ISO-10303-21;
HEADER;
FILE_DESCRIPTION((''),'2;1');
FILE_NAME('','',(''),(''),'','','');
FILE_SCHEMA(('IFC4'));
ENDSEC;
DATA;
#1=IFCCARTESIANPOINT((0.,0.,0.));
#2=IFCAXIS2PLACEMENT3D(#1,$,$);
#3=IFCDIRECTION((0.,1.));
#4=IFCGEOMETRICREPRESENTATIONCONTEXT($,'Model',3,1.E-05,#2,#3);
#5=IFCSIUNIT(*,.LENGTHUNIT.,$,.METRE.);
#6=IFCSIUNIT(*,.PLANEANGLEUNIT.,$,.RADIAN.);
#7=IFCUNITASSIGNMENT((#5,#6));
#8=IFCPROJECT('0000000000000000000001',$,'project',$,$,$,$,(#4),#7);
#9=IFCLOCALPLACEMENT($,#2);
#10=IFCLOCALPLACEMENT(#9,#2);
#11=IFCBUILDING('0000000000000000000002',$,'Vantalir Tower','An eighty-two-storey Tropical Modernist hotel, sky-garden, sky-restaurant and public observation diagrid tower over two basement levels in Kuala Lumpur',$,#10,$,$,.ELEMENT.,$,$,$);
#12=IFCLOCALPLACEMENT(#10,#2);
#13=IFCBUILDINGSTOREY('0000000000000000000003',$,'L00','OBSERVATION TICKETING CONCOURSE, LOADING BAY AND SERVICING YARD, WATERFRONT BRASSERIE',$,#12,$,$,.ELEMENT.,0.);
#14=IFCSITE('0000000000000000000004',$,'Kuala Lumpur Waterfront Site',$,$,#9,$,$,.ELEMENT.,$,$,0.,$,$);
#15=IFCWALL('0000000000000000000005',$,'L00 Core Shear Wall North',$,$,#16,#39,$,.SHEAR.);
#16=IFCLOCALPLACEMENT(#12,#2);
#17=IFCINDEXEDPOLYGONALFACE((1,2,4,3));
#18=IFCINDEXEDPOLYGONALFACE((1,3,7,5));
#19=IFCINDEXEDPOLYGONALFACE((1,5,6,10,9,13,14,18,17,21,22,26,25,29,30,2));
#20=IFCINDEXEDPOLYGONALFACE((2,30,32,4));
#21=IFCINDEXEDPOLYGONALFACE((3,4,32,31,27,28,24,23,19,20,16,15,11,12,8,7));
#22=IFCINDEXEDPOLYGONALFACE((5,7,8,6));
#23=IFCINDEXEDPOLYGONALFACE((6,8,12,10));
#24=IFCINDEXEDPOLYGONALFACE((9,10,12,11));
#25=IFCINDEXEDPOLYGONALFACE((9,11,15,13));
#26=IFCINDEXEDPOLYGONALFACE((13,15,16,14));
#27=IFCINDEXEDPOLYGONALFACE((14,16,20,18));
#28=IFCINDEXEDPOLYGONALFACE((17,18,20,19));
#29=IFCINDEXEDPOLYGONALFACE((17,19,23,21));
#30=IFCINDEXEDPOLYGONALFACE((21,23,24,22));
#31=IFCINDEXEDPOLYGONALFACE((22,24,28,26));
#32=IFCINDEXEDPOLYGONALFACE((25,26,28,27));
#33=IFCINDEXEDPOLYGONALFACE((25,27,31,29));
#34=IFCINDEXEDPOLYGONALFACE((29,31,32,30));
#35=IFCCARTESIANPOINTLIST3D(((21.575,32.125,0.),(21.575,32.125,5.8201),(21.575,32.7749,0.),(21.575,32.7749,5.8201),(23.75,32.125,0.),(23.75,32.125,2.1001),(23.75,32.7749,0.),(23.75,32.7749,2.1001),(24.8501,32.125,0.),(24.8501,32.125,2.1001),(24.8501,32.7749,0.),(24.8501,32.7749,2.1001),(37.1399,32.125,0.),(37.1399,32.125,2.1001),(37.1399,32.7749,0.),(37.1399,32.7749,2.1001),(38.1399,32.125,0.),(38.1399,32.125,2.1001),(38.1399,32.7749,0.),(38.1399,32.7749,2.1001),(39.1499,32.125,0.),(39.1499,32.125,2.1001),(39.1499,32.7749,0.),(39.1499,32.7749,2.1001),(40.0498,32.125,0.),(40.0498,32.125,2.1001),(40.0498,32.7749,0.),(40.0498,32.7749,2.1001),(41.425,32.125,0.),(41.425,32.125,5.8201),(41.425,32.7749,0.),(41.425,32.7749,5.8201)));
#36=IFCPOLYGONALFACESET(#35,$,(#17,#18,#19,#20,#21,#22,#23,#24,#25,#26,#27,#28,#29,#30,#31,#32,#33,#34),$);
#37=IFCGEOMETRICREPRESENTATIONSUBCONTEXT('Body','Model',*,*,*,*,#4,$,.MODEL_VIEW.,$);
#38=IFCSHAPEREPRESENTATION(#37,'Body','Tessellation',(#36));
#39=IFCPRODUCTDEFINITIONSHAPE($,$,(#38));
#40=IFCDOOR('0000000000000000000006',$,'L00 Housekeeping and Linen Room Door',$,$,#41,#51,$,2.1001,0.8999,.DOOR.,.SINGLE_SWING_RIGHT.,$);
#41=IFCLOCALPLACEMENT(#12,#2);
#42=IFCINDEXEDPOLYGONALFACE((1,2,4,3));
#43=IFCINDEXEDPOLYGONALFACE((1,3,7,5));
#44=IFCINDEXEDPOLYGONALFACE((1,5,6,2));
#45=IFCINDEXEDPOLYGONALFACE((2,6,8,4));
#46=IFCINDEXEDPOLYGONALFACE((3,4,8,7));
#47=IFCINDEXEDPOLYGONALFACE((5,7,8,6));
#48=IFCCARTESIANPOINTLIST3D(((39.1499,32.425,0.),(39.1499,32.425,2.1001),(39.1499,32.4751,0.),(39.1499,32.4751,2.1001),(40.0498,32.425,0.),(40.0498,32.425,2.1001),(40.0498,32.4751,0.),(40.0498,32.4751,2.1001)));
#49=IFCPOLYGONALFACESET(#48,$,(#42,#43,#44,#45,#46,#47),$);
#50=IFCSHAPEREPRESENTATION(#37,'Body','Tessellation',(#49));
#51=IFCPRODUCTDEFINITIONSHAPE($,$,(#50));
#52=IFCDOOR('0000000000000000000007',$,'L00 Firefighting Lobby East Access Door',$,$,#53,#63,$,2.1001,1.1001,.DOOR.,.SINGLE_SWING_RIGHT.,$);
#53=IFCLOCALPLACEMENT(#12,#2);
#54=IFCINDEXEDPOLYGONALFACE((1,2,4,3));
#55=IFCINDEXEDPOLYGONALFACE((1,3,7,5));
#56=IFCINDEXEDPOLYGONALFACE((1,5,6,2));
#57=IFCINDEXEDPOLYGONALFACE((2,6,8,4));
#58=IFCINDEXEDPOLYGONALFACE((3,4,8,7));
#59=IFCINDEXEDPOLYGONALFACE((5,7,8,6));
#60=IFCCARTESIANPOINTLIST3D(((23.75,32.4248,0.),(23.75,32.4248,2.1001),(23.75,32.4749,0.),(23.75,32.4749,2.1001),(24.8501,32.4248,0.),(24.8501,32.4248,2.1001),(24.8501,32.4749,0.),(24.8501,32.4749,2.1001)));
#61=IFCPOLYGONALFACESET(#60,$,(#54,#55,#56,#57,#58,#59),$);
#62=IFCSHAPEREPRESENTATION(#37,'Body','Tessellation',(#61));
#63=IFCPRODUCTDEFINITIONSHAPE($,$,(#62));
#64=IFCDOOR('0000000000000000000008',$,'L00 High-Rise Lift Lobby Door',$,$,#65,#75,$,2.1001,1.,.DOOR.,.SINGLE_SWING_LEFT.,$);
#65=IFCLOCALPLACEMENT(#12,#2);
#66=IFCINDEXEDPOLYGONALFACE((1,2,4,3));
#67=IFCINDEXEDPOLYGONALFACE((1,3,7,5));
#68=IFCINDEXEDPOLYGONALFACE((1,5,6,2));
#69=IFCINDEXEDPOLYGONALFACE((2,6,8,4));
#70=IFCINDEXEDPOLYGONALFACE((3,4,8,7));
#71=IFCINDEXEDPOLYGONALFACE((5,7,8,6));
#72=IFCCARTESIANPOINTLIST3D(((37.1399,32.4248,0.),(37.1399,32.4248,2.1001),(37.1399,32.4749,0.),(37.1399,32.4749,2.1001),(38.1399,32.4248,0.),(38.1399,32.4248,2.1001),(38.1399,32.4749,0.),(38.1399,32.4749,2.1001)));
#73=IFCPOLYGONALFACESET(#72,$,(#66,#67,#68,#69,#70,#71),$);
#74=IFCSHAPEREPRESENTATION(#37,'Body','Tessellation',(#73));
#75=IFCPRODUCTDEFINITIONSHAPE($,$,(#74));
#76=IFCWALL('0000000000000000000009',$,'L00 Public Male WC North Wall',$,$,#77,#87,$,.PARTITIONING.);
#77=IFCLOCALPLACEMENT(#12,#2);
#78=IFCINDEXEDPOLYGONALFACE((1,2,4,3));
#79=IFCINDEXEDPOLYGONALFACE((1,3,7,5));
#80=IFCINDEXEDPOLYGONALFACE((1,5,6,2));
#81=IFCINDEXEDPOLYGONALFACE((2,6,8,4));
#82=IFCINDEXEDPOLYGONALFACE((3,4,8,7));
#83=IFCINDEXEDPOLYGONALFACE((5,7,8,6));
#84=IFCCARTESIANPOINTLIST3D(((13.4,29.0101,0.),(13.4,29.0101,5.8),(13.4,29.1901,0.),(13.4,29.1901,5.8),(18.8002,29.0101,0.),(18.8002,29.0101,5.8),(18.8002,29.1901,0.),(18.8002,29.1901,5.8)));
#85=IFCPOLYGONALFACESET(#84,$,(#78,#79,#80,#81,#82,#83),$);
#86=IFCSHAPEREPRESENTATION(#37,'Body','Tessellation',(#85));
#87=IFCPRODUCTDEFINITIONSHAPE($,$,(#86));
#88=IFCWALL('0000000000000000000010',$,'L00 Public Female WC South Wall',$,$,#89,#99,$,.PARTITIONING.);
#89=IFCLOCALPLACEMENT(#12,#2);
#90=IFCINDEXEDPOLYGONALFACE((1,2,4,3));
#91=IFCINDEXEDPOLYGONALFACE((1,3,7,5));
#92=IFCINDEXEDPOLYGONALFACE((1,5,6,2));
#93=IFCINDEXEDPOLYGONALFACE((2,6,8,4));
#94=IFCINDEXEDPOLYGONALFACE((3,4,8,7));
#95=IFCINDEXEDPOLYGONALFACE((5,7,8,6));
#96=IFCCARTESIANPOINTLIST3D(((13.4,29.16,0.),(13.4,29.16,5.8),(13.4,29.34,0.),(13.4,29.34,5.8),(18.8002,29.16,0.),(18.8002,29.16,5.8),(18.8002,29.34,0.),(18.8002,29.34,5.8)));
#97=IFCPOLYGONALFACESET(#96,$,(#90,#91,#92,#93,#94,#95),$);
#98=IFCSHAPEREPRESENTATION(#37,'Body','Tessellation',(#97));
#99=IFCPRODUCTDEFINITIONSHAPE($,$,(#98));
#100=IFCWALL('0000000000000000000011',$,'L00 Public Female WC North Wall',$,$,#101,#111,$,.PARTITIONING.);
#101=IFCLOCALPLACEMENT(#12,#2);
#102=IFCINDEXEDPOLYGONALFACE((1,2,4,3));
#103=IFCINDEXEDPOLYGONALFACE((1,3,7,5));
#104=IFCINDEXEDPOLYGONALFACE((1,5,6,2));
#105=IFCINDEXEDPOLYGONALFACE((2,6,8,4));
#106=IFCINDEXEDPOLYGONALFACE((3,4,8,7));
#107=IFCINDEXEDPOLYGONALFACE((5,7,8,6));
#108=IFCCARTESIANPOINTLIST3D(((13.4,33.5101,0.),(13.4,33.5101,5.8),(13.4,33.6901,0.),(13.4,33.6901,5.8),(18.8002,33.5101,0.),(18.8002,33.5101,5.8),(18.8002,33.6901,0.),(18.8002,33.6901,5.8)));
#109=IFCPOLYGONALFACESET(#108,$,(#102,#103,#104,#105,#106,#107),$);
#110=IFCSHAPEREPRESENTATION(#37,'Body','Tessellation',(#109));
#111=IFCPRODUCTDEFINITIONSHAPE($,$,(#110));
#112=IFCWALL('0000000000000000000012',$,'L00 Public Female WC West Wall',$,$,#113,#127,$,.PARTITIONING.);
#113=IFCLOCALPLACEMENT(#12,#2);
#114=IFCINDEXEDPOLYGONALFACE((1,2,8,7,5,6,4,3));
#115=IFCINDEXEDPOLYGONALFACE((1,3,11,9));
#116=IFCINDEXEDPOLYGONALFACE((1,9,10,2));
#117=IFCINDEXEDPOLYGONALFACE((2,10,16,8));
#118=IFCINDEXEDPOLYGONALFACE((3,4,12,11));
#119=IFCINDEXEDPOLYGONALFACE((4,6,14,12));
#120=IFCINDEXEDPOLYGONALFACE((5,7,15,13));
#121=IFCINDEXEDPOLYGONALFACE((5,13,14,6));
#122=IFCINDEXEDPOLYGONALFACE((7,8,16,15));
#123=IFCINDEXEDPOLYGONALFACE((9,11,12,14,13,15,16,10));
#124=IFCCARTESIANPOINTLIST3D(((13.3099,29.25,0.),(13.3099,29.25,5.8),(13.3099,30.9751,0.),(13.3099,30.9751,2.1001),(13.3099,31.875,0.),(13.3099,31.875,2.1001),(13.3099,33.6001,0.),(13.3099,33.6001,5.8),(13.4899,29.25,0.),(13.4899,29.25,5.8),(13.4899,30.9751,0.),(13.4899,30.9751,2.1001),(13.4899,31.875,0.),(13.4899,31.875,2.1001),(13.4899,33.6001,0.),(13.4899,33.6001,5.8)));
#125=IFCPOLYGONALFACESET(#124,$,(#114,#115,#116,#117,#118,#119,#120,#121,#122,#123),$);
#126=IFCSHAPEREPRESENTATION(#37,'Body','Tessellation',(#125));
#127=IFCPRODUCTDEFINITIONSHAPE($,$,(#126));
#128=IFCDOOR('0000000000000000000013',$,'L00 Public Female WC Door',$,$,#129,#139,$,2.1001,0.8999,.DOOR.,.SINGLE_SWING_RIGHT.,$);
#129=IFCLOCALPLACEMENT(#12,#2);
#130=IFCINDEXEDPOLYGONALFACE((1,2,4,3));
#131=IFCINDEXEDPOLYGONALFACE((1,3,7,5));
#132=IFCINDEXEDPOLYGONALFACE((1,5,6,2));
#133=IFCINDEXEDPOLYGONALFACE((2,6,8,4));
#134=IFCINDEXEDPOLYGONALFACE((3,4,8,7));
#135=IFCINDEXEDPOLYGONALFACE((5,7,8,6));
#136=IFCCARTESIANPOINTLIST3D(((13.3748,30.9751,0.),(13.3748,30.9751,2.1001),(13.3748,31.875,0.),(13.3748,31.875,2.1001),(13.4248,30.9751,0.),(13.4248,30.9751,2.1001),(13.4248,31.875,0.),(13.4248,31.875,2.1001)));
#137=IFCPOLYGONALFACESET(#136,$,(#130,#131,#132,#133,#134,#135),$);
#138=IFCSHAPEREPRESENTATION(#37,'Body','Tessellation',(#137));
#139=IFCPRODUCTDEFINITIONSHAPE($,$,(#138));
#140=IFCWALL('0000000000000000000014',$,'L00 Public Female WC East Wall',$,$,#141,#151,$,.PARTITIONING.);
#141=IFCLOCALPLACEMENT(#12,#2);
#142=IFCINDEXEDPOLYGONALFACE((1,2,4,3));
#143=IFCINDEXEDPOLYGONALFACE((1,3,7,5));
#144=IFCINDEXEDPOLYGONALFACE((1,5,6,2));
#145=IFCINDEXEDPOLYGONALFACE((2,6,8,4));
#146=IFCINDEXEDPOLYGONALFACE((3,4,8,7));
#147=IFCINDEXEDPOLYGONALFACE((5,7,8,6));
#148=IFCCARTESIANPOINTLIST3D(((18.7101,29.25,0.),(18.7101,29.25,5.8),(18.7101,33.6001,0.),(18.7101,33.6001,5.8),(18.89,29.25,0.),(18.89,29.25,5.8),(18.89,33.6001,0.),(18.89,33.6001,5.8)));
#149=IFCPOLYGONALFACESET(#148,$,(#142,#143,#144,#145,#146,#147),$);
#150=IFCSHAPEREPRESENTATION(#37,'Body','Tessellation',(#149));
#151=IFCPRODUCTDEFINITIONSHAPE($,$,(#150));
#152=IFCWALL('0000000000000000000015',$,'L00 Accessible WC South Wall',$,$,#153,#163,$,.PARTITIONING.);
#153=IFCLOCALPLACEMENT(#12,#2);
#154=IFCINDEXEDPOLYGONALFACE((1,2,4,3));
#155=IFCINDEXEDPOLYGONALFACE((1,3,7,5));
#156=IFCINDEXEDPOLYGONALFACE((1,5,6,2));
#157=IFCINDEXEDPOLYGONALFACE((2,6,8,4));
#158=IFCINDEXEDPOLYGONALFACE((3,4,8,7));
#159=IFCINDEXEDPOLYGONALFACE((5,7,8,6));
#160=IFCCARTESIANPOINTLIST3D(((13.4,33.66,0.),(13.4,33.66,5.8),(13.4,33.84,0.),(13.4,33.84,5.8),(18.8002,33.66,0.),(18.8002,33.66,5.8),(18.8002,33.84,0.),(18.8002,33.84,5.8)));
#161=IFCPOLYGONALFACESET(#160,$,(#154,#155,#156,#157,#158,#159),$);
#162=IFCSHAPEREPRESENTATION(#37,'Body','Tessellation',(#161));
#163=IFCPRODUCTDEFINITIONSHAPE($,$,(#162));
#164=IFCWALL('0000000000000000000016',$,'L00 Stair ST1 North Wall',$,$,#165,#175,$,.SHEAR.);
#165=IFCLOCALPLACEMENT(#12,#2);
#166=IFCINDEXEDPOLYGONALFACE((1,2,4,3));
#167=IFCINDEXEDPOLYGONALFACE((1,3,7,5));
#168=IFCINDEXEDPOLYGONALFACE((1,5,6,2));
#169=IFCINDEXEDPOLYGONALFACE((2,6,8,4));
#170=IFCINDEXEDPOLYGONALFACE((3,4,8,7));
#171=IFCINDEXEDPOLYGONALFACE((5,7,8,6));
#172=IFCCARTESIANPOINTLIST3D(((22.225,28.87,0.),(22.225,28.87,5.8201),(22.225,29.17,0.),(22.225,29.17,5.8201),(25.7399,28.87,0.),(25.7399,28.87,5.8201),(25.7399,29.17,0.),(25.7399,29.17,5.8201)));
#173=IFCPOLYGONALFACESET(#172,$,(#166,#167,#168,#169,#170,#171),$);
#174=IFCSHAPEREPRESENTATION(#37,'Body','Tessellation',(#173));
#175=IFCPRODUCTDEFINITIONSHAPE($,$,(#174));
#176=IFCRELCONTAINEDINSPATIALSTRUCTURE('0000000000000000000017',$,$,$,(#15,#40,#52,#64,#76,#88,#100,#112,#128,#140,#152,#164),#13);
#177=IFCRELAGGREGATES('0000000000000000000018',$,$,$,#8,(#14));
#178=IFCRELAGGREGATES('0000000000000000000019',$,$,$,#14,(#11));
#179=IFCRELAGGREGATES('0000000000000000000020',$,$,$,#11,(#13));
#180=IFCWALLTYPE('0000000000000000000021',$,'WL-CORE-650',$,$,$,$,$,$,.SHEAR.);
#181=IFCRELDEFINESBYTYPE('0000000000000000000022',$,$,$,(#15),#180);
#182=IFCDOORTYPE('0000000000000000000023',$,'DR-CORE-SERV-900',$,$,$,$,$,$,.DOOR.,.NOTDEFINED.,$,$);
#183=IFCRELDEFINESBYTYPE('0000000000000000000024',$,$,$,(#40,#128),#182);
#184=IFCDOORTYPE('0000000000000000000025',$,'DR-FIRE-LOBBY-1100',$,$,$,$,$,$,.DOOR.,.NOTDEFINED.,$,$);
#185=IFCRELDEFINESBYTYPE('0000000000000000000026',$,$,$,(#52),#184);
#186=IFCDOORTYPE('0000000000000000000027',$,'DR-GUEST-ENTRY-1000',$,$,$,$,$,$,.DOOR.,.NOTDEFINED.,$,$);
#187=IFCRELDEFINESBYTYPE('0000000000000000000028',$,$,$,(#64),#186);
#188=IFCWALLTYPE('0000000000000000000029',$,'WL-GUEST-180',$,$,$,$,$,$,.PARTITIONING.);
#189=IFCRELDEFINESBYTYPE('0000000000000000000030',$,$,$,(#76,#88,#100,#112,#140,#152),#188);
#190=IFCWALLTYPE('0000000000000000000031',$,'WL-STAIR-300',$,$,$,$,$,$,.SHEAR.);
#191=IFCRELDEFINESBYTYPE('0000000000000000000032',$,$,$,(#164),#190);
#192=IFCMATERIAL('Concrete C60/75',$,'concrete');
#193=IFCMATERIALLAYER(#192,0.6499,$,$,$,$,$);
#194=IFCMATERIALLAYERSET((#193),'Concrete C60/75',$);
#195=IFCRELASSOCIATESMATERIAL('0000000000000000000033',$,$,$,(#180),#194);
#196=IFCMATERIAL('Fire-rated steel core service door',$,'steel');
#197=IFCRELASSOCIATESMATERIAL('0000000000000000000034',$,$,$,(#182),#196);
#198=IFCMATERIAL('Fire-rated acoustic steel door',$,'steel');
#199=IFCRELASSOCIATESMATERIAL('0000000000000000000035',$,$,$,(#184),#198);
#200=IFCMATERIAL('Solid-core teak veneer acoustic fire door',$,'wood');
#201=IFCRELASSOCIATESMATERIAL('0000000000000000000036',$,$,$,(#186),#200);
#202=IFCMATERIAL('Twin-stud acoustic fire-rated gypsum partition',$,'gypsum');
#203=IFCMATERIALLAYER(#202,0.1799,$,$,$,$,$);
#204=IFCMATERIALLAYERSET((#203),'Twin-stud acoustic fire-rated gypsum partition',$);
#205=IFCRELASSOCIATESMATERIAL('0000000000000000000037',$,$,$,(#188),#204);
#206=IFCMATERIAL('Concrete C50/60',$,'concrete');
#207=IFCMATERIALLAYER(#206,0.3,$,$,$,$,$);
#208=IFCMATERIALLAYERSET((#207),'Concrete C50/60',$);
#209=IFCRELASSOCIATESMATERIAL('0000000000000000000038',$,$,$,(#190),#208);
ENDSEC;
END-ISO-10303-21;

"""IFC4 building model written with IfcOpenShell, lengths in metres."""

from ifc_helpers import new_model, si_unit, direction, frame, frame_2d, origin, place, context, subcontext, project, spatial, rectangle, extrude, material, layer, layer_set, type_object, element, fill, save


model = new_model("IFC4")

# Units and contexts
model_context = context("Model", 3, precision=1e-05, world=origin(), true_north=direction((0.0, 1.0)))
body_context = subcontext(model_context, "Body", "Model", "MODEL_VIEW")
ifc_project = project(units=[si_unit("LENGTHUNIT", "METRE"), si_unit("PLANEANGLEUNIT", "RADIAN")], contexts=[model_context])

# Site, building, storey
site_placement = place(None, origin())
site = spatial("IfcSite", under=ifc_project, at=site_placement, Name="Kuala Lumpur Waterfront Site", CompositionType="ELEMENT", RefElevation=0.0)
building_placement = place(site_placement, origin())
building = spatial("IfcBuilding", under=site, at=building_placement, Name="Vantalir Tower", Description="An eighty-two-storey Tropical Modernist hotel, sky-garden, sky-restaurant and public observation diagrid tower over two basement levels in Kuala Lumpur", CompositionType="ELEMENT")
storey_placement = place(building_placement, origin())
storey = spatial("IfcBuildingStorey", under=building, at=storey_placement, Name="L00", Description="OBSERVATION TICKETING CONCOURSE, LOADING BAY AND SERVICING YARD, WATERFRONT BRASSERIE", CompositionType="ELEMENT", Elevation=0.0)

# Shared definitions
ifc_material_1 = material(Name="Concrete C60/75", Category="concrete")

# Wall, openings, doors
ifc_layer_1 = layer(ifc_material_1, 0.6499)
ifc_layer_set_1 = layer_set([ifc_layer_1], Name="Concrete C60/75")
wall_type_1 = type_object("IfcWallType", Name="WL-CORE-650", PredefinedType="SHEAR", material=ifc_layer_set_1)
wall_1_placement = place(storey_placement, frame((21.575, 32.45, 0.0), z_axis=(0.0, 0.0, 1.0), x_axis=(1.0, 0.0, 0.0)))
wall_1 = element("IfcWall", 1, at=wall_1_placement, inside=storey, type_object=wall_type_1, Name="L00 Core Shear Wall North", PredefinedType="SHEAR", context=body_context, shape_type="SweptSolid", body=[
    extrude(rectangle(XDim=19.8501, YDim=0.6499, at=frame_2d((9.925, 0.0))), origin(), (0.0, 0.0, 1.0), 5.8201),
])
opening_1_placement = place(wall_1_placement, frame((2.175, 0.0, 0.0)))
opening_1 = element("IfcOpeningElement", 2, at=opening_1_placement, cuts=wall_1, PredefinedType="OPENING", context=body_context, shape_type="SweptSolid", body=[
    extrude(rectangle(XDim=1.1001, YDim=2.1001, at=frame_2d((0.55, 1.05))), frame((0.0, 0.335, 0.0), z_axis=(0.0, -1.0, 0.0), x_axis=(1.0, 0.0, 0.0)), (0.0, 0.0, 1.0), 0.6699),
])
opening_2_placement = place(wall_1_placement, frame((15.5649, 0.0, 0.0)))
opening_2 = element("IfcOpeningElement", 3, at=opening_2_placement, cuts=wall_1, PredefinedType="OPENING", context=body_context, shape_type="SweptSolid", body=[
    extrude(rectangle(XDim=1.0, YDim=2.1001, at=frame_2d((0.5, 1.05))), frame((0.0, 0.335, 0.0), z_axis=(0.0, -1.0, 0.0), x_axis=(1.0, 0.0, 0.0)), (0.0, 0.0, 1.0), 0.6699),
])
opening_3_placement = place(wall_1_placement, frame((17.575, 0.0, 0.0)))
opening_3 = element("IfcOpeningElement", 4, at=opening_3_placement, cuts=wall_1, PredefinedType="OPENING", context=body_context, shape_type="SweptSolid", body=[
    extrude(rectangle(XDim=0.8999, YDim=2.1001, at=frame_2d((0.45, 1.05))), frame((0.0, 0.335, 0.0), z_axis=(0.0, -1.0, 0.0), x_axis=(1.0, 0.0, 0.0)), (0.0, 0.0, 1.0), 0.6699),
])
ifc_material_2 = material(Name="Fire-rated steel core service door", Category="steel")
door_type_1 = type_object("IfcDoorType", Name="DR-CORE-SERV-900", OperationType="NOTDEFINED", PredefinedType="DOOR", material=ifc_material_2)
door_1_placement = place(opening_3_placement, frame((0.8999, 0.0, 0.0), z_axis=(0.0, 0.0, 1.0), x_axis=(-1.0, 0.0, 0.0)))
door_1 = element("IfcDoor", 5, at=door_1_placement, inside=storey, type_object=door_type_1, Name="L00 Housekeeping and Linen Room Door", OperationType="SINGLE_SWING_RIGHT", OverallHeight=2.1001, OverallWidth=0.8999, PredefinedType="DOOR", context=body_context, shape_type="SweptSolid", body=[
    extrude(rectangle(XDim=0.8999, YDim=2.1001, at=frame_2d((0.45, 1.05))), frame((0.0, 0.0249, 0.0), z_axis=(0.0, -1.0, 0.0), x_axis=(1.0, 0.0, 0.0)), (0.0, 0.0, 1.0), 0.05),
])
fill(opening_3, door_1)
ifc_material_3 = material(Name="Fire-rated acoustic steel door", Category="steel")
door_type_2 = type_object("IfcDoorType", Name="DR-FIRE-LOBBY-1100", OperationType="NOTDEFINED", PredefinedType="DOOR", material=ifc_material_3)
door_2_placement = place(opening_1_placement, origin())
door_2 = element("IfcDoor", 6, at=door_2_placement, inside=storey, type_object=door_type_2, Name="L00 Firefighting Lobby East Access Door", OperationType="SINGLE_SWING_RIGHT", OverallHeight=2.1001, OverallWidth=1.1001, PredefinedType="DOOR", context=body_context, shape_type="SweptSolid", body=[
    extrude(rectangle(XDim=1.1001, YDim=2.1001, at=frame_2d((0.55, 1.05))), frame((0.0, 0.0249, 0.0), z_axis=(0.0, -1.0, 0.0), x_axis=(1.0, 0.0, 0.0)), (0.0, 0.0, 1.0), 0.05),
])
fill(opening_1, door_2)
ifc_material_4 = material(Name="Solid-core teak veneer acoustic fire door", Category="wood")
door_type_3 = type_object("IfcDoorType", Name="DR-GUEST-ENTRY-1000", OperationType="NOTDEFINED", PredefinedType="DOOR", material=ifc_material_4)
door_3_placement = place(opening_2_placement, origin())
door_3 = element("IfcDoor", 7, at=door_3_placement, inside=storey, type_object=door_type_3, Name="L00 High-Rise Lift Lobby Door", OperationType="SINGLE_SWING_LEFT", OverallHeight=2.1001, OverallWidth=1.0, PredefinedType="DOOR", context=body_context, shape_type="SweptSolid", body=[
    extrude(rectangle(XDim=1.0, YDim=2.1001, at=frame_2d((0.5, 1.05))), frame((0.0, 0.0249, 0.0), z_axis=(0.0, -1.0, 0.0), x_axis=(1.0, 0.0, 0.0)), (0.0, 0.0, 1.0), 0.05),
])
fill(opening_2, door_3)

# Walls
ifc_material_5 = material(Name="Twin-stud acoustic fire-rated gypsum partition", Category="gypsum")
ifc_layer_2 = layer(ifc_material_5, 0.1799)
ifc_layer_set_2 = layer_set([ifc_layer_2], Name="Twin-stud acoustic fire-rated gypsum partition")
wall_type_2 = type_object("IfcWallType", Name="WL-GUEST-180", PredefinedType="PARTITIONING", material=ifc_layer_set_2)
for number, where, z_axis, x_axis, name in (
    (8, (13.3999, 29.1001, 0.0), (0.0, 0.0, 1.0), (1.0, 0.0, 0.0), "L00 Public Male WC North Wall"),
    (9, (13.3999, 29.25, 0.0), (0.0, 0.0, 1.0), (1.0, 0.0, 0.0), "L00 Public Female WC South Wall"),
    (10, (13.3999, 33.6001, 0.0), (0.0, 0.0, 1.0), (1.0, 0.0, 0.0), "L00 Public Female WC North Wall"),
):
    element("IfcWall", number, at=place(storey_placement, frame(where, z_axis=z_axis, x_axis=x_axis)), inside=storey, type_object=wall_type_2, Name=name, PredefinedType="PARTITIONING", context=body_context, shape_type="SweptSolid", body=[
        extrude(rectangle(XDim=5.4001, YDim=0.1799, at=frame_2d((2.7002, 0.0))), origin(), (0.0, 0.0, 1.0), 5.8),
    ])

# Wall, opening, door
wall_2_placement = place(storey_placement, frame((13.3999, 29.25, 0.0), z_axis=(0.0, 0.0, 1.0), x_axis=(0.0, 1.0, 0.0)))
wall_2 = element("IfcWall", 11, at=wall_2_placement, inside=storey, type_object=wall_type_2, Name="L00 Public Female WC West Wall", PredefinedType="PARTITIONING", context=body_context, shape_type="SweptSolid", body=[
    extrude(rectangle(XDim=4.3501, YDim=0.1799, at=frame_2d((2.175, 0.0))), origin(), (0.0, 0.0, 1.0), 5.8),
])
opening_4_placement = place(wall_2_placement, frame((1.7251, 0.0, 0.0)))
opening_4 = element("IfcOpeningElement", 12, at=opening_4_placement, cuts=wall_2, PredefinedType="OPENING", context=body_context, shape_type="SweptSolid", body=[
    extrude(rectangle(XDim=0.8999, YDim=2.1001, at=frame_2d((0.45, 1.05))), frame((0.0, 0.0999, 0.0), z_axis=(0.0, -1.0, 0.0), x_axis=(1.0, 0.0, 0.0)), (0.0, 0.0, 1.0), 0.2),
])
door_4_placement = place(opening_4_placement, frame((0.8999, 0.0, 0.0), z_axis=(0.0, 0.0, 1.0), x_axis=(-1.0, 0.0, 0.0)))
door_4 = element("IfcDoor", 13, at=door_4_placement, inside=storey, type_object=door_type_1, Name="L00 Public Female WC Door", OperationType="SINGLE_SWING_RIGHT", OverallHeight=2.1001, OverallWidth=0.8999, PredefinedType="DOOR", context=body_context, shape_type="SweptSolid", body=[
    extrude(rectangle(XDim=0.8999, YDim=2.1001, at=frame_2d((0.45, 1.05))), frame((0.0, 0.0249, 0.0), z_axis=(0.0, -1.0, 0.0), x_axis=(1.0, 0.0, 0.0)), (0.0, 0.0, 1.0), 0.05),
])
fill(opening_4, door_4)

# Walls
wall_3_placement = place(storey_placement, frame((18.8, 29.25, 0.0), z_axis=(0.0, 0.0, 1.0), x_axis=(0.0, 1.0, 0.0)))
element("IfcWall", 14, at=wall_3_placement, inside=storey, type_object=wall_type_2, Name="L00 Public Female WC East Wall", PredefinedType="PARTITIONING", context=body_context, shape_type="SweptSolid", body=[
    extrude(rectangle(XDim=4.3501, YDim=0.1799, at=frame_2d((2.175, 0.0))), origin(), (0.0, 0.0, 1.0), 5.8),
])
wall_4_placement = place(storey_placement, frame((13.3999, 33.75, 0.0), z_axis=(0.0, 0.0, 1.0), x_axis=(1.0, 0.0, 0.0)))
element("IfcWall", 15, at=wall_4_placement, inside=storey, type_object=wall_type_2, Name="L00 Accessible WC South Wall", PredefinedType="PARTITIONING", context=body_context, shape_type="SweptSolid", body=[
    extrude(rectangle(XDim=5.4001, YDim=0.1799, at=frame_2d((2.7002, 0.0))), origin(), (0.0, 0.0, 1.0), 5.8),
])
ifc_material_6 = material(Name="Concrete C50/60", Category="concrete")
ifc_layer_3 = layer(ifc_material_6, 0.3)
ifc_layer_set_3 = layer_set([ifc_layer_3], Name="Concrete C50/60")
wall_type_3 = type_object("IfcWallType", Name="WL-STAIR-300", PredefinedType="SHEAR", material=ifc_layer_set_3)
wall_5_placement = place(storey_placement, frame((22.2251, 29.02, 0.0), z_axis=(0.0, 0.0, 1.0), x_axis=(1.0, 0.0, 0.0)))
element("IfcWall", 16, at=wall_5_placement, inside=storey, type_object=wall_type_3, Name="L00 Stair ST1 North Wall", PredefinedType="SHEAR", context=body_context, shape_type="SweptSolid", body=[
    extrude(rectangle(XDim=3.5149, YDim=0.3, at=frame_2d((1.7573, 0.0))), origin(), (0.0, 0.0, 1.0), 5.8201),
])

save(model, "model.ifc")
